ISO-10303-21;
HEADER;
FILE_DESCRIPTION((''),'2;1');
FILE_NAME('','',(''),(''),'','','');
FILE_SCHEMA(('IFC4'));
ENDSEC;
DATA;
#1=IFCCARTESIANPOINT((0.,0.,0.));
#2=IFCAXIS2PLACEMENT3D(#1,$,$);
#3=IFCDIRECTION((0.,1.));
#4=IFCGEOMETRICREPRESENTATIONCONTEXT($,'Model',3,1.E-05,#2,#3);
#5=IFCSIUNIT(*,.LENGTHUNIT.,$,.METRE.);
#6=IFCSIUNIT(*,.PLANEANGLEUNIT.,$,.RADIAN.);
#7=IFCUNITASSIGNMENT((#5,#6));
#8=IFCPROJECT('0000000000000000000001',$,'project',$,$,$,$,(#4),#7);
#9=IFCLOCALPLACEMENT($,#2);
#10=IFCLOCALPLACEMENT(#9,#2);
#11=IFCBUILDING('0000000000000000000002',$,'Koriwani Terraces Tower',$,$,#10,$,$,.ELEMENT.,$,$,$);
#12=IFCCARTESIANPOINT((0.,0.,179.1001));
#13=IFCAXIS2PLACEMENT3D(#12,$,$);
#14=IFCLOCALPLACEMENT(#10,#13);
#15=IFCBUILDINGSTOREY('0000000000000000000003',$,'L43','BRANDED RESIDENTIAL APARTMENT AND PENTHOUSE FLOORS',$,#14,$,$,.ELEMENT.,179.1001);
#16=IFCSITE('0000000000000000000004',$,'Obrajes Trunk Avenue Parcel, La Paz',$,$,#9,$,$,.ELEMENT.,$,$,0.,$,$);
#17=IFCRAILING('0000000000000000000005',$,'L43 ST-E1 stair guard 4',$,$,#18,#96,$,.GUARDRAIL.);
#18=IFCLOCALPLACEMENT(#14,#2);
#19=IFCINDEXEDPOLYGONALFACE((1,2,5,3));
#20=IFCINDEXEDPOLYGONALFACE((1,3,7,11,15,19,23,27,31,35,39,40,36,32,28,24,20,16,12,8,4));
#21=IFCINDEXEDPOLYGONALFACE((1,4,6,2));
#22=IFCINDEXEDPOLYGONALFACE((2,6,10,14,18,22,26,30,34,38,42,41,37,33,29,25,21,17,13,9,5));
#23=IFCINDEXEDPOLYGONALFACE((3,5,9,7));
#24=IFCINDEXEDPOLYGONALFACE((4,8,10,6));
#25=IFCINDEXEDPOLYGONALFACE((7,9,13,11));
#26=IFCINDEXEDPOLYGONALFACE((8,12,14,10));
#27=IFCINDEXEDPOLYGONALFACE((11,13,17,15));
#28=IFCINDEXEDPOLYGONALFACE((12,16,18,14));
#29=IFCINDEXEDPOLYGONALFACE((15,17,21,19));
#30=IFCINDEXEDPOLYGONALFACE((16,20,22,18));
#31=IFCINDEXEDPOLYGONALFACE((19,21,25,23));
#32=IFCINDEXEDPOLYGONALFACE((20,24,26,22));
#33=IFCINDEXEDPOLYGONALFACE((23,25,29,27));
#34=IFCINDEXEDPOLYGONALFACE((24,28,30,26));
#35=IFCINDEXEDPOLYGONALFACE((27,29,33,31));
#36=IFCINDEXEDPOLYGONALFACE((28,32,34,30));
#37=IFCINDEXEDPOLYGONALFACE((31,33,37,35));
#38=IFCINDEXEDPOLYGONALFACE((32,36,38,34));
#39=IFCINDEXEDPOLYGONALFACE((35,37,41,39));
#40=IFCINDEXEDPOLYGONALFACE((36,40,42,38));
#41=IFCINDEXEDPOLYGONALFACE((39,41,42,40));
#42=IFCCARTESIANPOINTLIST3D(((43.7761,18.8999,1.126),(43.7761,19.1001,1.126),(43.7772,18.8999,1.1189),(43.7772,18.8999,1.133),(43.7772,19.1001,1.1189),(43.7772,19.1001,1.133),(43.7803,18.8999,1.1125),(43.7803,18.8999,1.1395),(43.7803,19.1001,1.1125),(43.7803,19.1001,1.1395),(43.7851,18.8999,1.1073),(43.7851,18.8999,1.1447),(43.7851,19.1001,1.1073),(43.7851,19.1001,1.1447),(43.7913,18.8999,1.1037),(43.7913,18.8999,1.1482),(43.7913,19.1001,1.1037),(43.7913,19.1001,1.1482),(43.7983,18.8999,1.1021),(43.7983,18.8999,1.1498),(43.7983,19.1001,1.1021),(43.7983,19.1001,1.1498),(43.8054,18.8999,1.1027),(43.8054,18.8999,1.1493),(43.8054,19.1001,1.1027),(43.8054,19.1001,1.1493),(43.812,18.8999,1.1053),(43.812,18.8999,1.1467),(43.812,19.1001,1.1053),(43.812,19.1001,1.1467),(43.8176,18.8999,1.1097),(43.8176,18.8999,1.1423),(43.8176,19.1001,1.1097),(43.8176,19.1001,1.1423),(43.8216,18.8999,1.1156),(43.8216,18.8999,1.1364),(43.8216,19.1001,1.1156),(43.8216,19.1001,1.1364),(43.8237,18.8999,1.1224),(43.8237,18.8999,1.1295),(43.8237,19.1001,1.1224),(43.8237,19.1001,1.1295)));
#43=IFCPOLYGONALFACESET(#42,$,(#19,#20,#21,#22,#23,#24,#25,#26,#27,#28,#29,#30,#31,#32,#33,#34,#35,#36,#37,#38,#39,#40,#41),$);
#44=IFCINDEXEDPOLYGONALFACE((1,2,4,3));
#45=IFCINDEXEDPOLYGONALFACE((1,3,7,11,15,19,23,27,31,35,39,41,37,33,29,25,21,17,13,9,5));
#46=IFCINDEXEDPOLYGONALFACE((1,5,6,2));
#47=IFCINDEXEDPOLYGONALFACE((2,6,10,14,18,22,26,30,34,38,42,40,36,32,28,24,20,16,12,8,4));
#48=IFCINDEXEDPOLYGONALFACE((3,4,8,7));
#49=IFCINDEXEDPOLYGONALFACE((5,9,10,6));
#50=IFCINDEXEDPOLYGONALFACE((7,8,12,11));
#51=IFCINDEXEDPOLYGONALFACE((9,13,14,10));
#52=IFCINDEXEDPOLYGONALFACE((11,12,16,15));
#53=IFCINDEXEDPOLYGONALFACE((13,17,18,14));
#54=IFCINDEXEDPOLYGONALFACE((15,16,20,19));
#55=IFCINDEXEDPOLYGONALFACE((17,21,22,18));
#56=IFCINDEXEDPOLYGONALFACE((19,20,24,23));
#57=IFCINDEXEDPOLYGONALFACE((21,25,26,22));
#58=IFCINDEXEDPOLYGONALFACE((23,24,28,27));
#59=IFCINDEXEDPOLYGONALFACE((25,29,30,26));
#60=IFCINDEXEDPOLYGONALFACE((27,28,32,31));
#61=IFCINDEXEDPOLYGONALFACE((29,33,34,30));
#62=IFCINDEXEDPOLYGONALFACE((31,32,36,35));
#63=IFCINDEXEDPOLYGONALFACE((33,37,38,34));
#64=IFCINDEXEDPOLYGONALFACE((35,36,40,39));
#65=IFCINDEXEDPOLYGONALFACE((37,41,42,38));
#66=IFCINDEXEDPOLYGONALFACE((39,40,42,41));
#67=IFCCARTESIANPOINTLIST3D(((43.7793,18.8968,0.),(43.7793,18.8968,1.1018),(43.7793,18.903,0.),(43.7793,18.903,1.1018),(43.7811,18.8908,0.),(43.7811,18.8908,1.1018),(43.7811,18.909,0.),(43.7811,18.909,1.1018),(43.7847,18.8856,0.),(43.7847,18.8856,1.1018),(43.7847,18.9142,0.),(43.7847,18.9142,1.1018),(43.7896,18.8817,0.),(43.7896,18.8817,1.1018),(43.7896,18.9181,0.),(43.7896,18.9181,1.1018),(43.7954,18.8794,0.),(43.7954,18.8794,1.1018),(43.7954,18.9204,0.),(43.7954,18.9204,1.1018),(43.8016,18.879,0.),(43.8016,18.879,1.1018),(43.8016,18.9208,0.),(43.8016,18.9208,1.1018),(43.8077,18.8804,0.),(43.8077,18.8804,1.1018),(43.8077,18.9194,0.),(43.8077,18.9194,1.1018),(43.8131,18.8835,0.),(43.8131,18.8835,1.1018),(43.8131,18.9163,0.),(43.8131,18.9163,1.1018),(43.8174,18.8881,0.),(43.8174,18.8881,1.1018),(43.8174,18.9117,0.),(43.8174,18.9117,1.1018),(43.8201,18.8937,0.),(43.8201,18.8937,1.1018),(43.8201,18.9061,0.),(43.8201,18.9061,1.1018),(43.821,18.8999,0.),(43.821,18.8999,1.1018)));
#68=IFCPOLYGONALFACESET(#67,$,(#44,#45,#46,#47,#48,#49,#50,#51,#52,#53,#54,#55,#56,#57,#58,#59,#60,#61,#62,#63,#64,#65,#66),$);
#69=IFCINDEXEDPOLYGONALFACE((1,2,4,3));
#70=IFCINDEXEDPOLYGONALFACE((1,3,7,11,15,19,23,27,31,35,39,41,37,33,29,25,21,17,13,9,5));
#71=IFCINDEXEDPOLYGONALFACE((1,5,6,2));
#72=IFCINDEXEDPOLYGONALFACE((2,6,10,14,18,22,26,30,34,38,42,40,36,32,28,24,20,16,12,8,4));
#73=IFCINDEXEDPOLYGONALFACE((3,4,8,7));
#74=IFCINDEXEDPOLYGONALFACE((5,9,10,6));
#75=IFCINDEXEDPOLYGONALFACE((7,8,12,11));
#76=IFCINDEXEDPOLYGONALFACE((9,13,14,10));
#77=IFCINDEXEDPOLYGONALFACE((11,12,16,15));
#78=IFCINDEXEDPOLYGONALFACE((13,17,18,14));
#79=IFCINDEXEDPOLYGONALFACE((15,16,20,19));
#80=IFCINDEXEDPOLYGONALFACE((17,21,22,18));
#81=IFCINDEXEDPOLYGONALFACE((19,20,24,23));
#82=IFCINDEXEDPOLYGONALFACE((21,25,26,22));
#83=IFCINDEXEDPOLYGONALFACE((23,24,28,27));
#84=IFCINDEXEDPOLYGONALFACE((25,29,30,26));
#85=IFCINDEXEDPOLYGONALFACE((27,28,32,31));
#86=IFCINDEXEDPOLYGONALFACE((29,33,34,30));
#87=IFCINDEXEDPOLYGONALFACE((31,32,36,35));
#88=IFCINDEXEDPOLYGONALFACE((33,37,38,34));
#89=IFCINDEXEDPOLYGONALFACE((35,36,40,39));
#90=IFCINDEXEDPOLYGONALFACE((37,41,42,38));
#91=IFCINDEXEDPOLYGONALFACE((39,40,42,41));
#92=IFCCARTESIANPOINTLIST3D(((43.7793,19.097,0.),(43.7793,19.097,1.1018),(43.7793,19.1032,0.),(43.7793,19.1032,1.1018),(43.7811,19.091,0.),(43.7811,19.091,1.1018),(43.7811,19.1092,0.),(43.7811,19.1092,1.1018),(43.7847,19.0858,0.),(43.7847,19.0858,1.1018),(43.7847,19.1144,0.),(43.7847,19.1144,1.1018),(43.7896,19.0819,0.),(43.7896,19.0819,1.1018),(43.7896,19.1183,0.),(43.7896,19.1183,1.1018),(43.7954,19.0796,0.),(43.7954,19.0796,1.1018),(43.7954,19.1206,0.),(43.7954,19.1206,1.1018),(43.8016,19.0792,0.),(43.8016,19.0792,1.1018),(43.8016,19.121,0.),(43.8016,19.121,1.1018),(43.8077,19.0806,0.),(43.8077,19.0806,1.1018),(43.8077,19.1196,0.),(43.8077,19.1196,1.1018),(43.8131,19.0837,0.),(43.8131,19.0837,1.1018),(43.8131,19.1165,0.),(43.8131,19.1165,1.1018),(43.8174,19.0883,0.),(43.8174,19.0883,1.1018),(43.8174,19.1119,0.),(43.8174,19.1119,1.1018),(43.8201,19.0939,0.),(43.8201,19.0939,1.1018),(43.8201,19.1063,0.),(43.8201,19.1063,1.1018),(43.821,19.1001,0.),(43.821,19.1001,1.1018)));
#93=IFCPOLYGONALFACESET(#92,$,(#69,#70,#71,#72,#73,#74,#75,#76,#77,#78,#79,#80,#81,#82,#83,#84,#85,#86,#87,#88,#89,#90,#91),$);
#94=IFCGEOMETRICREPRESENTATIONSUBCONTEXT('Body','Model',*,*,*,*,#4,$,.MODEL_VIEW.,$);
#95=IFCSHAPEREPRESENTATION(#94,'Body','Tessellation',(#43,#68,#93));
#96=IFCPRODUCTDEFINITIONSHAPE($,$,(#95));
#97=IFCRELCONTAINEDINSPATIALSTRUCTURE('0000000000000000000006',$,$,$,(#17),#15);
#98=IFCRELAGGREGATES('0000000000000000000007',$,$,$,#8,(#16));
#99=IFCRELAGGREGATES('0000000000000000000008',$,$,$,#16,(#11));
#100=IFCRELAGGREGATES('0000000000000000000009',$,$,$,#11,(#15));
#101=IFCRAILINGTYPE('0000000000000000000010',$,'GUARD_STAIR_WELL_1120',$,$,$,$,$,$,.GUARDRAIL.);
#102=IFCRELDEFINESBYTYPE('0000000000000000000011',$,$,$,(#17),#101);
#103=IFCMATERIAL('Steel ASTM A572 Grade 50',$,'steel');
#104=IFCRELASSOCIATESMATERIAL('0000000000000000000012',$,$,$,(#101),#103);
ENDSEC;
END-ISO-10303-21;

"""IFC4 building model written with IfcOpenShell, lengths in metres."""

from ifc_helpers import new_model, si_unit, direction, frame, origin, origin_2d, place, context, subcontext, project, spatial, circle, extrude, material, type_object, element, save


model = new_model("IFC4")

# Units and contexts
model_context = context("Model", 3, precision=1e-05, world=origin(), true_north=direction((0.0, 1.0)))
body_context = subcontext(model_context, "Body", "Model", "MODEL_VIEW")
ifc_project = project(units=[si_unit("LENGTHUNIT", "METRE"), si_unit("PLANEANGLEUNIT", "RADIAN")], contexts=[model_context])

# Site, building, storey
site_placement = place(None, origin())
site = spatial("IfcSite", under=ifc_project, at=site_placement, Name="Obrajes Trunk Avenue Parcel, La Paz", CompositionType="ELEMENT", RefElevation=0.0)
building_placement = place(site_placement, origin())
building = spatial("IfcBuilding", under=site, at=building_placement, Name="Koriwani Terraces Tower", CompositionType="ELEMENT")
storey_placement = place(building_placement, frame((0.0, 0.0, 179.1001)))
storey = spatial("IfcBuildingStorey", under=building, at=storey_placement, Name="L43", Description="BRANDED RESIDENTIAL APARTMENT AND PENTHOUSE FLOORS", CompositionType="ELEMENT", Elevation=179.1001)

# Shared definitions
ifc_material_1 = material(Name="Steel ASTM A572 Grade 50", Category="steel")

# Railing
railing_type_1 = type_object("IfcRailingType", Name="GUARD_STAIR_WELL_1120", PredefinedType="GUARDRAIL", material=ifc_material_1)
railing_1_placement = place(storey_placement, frame((43.8, 18.8999, 0.0)))
element("IfcRailing", 1, at=railing_1_placement, inside=storey, type_object=railing_type_1, Name="L43 ST-E1 stair guard 4", PredefinedType="GUARDRAIL", context=body_context, shape_type="SweptSolid", body=[
    extrude(circle(Radius=0.0239, at=origin_2d()), frame((0.0, 0.0, 1.126), z_axis=(0.0, 1.0, 0.0), x_axis=(-1.0, 0.0, 0.0)), (0.0, 0.0, 1.0), 0.2002),
    extrude(circle(Radius=0.021, at=origin_2d()), origin(), (0.0, 0.0, 1.0), 1.1018),
    extrude(circle(Radius=0.021, at=origin_2d()), frame((0.0, 0.2002, 0.0)), (0.0, 0.0, 1.0), 1.1018),
])

save(model, "model.ifc")
